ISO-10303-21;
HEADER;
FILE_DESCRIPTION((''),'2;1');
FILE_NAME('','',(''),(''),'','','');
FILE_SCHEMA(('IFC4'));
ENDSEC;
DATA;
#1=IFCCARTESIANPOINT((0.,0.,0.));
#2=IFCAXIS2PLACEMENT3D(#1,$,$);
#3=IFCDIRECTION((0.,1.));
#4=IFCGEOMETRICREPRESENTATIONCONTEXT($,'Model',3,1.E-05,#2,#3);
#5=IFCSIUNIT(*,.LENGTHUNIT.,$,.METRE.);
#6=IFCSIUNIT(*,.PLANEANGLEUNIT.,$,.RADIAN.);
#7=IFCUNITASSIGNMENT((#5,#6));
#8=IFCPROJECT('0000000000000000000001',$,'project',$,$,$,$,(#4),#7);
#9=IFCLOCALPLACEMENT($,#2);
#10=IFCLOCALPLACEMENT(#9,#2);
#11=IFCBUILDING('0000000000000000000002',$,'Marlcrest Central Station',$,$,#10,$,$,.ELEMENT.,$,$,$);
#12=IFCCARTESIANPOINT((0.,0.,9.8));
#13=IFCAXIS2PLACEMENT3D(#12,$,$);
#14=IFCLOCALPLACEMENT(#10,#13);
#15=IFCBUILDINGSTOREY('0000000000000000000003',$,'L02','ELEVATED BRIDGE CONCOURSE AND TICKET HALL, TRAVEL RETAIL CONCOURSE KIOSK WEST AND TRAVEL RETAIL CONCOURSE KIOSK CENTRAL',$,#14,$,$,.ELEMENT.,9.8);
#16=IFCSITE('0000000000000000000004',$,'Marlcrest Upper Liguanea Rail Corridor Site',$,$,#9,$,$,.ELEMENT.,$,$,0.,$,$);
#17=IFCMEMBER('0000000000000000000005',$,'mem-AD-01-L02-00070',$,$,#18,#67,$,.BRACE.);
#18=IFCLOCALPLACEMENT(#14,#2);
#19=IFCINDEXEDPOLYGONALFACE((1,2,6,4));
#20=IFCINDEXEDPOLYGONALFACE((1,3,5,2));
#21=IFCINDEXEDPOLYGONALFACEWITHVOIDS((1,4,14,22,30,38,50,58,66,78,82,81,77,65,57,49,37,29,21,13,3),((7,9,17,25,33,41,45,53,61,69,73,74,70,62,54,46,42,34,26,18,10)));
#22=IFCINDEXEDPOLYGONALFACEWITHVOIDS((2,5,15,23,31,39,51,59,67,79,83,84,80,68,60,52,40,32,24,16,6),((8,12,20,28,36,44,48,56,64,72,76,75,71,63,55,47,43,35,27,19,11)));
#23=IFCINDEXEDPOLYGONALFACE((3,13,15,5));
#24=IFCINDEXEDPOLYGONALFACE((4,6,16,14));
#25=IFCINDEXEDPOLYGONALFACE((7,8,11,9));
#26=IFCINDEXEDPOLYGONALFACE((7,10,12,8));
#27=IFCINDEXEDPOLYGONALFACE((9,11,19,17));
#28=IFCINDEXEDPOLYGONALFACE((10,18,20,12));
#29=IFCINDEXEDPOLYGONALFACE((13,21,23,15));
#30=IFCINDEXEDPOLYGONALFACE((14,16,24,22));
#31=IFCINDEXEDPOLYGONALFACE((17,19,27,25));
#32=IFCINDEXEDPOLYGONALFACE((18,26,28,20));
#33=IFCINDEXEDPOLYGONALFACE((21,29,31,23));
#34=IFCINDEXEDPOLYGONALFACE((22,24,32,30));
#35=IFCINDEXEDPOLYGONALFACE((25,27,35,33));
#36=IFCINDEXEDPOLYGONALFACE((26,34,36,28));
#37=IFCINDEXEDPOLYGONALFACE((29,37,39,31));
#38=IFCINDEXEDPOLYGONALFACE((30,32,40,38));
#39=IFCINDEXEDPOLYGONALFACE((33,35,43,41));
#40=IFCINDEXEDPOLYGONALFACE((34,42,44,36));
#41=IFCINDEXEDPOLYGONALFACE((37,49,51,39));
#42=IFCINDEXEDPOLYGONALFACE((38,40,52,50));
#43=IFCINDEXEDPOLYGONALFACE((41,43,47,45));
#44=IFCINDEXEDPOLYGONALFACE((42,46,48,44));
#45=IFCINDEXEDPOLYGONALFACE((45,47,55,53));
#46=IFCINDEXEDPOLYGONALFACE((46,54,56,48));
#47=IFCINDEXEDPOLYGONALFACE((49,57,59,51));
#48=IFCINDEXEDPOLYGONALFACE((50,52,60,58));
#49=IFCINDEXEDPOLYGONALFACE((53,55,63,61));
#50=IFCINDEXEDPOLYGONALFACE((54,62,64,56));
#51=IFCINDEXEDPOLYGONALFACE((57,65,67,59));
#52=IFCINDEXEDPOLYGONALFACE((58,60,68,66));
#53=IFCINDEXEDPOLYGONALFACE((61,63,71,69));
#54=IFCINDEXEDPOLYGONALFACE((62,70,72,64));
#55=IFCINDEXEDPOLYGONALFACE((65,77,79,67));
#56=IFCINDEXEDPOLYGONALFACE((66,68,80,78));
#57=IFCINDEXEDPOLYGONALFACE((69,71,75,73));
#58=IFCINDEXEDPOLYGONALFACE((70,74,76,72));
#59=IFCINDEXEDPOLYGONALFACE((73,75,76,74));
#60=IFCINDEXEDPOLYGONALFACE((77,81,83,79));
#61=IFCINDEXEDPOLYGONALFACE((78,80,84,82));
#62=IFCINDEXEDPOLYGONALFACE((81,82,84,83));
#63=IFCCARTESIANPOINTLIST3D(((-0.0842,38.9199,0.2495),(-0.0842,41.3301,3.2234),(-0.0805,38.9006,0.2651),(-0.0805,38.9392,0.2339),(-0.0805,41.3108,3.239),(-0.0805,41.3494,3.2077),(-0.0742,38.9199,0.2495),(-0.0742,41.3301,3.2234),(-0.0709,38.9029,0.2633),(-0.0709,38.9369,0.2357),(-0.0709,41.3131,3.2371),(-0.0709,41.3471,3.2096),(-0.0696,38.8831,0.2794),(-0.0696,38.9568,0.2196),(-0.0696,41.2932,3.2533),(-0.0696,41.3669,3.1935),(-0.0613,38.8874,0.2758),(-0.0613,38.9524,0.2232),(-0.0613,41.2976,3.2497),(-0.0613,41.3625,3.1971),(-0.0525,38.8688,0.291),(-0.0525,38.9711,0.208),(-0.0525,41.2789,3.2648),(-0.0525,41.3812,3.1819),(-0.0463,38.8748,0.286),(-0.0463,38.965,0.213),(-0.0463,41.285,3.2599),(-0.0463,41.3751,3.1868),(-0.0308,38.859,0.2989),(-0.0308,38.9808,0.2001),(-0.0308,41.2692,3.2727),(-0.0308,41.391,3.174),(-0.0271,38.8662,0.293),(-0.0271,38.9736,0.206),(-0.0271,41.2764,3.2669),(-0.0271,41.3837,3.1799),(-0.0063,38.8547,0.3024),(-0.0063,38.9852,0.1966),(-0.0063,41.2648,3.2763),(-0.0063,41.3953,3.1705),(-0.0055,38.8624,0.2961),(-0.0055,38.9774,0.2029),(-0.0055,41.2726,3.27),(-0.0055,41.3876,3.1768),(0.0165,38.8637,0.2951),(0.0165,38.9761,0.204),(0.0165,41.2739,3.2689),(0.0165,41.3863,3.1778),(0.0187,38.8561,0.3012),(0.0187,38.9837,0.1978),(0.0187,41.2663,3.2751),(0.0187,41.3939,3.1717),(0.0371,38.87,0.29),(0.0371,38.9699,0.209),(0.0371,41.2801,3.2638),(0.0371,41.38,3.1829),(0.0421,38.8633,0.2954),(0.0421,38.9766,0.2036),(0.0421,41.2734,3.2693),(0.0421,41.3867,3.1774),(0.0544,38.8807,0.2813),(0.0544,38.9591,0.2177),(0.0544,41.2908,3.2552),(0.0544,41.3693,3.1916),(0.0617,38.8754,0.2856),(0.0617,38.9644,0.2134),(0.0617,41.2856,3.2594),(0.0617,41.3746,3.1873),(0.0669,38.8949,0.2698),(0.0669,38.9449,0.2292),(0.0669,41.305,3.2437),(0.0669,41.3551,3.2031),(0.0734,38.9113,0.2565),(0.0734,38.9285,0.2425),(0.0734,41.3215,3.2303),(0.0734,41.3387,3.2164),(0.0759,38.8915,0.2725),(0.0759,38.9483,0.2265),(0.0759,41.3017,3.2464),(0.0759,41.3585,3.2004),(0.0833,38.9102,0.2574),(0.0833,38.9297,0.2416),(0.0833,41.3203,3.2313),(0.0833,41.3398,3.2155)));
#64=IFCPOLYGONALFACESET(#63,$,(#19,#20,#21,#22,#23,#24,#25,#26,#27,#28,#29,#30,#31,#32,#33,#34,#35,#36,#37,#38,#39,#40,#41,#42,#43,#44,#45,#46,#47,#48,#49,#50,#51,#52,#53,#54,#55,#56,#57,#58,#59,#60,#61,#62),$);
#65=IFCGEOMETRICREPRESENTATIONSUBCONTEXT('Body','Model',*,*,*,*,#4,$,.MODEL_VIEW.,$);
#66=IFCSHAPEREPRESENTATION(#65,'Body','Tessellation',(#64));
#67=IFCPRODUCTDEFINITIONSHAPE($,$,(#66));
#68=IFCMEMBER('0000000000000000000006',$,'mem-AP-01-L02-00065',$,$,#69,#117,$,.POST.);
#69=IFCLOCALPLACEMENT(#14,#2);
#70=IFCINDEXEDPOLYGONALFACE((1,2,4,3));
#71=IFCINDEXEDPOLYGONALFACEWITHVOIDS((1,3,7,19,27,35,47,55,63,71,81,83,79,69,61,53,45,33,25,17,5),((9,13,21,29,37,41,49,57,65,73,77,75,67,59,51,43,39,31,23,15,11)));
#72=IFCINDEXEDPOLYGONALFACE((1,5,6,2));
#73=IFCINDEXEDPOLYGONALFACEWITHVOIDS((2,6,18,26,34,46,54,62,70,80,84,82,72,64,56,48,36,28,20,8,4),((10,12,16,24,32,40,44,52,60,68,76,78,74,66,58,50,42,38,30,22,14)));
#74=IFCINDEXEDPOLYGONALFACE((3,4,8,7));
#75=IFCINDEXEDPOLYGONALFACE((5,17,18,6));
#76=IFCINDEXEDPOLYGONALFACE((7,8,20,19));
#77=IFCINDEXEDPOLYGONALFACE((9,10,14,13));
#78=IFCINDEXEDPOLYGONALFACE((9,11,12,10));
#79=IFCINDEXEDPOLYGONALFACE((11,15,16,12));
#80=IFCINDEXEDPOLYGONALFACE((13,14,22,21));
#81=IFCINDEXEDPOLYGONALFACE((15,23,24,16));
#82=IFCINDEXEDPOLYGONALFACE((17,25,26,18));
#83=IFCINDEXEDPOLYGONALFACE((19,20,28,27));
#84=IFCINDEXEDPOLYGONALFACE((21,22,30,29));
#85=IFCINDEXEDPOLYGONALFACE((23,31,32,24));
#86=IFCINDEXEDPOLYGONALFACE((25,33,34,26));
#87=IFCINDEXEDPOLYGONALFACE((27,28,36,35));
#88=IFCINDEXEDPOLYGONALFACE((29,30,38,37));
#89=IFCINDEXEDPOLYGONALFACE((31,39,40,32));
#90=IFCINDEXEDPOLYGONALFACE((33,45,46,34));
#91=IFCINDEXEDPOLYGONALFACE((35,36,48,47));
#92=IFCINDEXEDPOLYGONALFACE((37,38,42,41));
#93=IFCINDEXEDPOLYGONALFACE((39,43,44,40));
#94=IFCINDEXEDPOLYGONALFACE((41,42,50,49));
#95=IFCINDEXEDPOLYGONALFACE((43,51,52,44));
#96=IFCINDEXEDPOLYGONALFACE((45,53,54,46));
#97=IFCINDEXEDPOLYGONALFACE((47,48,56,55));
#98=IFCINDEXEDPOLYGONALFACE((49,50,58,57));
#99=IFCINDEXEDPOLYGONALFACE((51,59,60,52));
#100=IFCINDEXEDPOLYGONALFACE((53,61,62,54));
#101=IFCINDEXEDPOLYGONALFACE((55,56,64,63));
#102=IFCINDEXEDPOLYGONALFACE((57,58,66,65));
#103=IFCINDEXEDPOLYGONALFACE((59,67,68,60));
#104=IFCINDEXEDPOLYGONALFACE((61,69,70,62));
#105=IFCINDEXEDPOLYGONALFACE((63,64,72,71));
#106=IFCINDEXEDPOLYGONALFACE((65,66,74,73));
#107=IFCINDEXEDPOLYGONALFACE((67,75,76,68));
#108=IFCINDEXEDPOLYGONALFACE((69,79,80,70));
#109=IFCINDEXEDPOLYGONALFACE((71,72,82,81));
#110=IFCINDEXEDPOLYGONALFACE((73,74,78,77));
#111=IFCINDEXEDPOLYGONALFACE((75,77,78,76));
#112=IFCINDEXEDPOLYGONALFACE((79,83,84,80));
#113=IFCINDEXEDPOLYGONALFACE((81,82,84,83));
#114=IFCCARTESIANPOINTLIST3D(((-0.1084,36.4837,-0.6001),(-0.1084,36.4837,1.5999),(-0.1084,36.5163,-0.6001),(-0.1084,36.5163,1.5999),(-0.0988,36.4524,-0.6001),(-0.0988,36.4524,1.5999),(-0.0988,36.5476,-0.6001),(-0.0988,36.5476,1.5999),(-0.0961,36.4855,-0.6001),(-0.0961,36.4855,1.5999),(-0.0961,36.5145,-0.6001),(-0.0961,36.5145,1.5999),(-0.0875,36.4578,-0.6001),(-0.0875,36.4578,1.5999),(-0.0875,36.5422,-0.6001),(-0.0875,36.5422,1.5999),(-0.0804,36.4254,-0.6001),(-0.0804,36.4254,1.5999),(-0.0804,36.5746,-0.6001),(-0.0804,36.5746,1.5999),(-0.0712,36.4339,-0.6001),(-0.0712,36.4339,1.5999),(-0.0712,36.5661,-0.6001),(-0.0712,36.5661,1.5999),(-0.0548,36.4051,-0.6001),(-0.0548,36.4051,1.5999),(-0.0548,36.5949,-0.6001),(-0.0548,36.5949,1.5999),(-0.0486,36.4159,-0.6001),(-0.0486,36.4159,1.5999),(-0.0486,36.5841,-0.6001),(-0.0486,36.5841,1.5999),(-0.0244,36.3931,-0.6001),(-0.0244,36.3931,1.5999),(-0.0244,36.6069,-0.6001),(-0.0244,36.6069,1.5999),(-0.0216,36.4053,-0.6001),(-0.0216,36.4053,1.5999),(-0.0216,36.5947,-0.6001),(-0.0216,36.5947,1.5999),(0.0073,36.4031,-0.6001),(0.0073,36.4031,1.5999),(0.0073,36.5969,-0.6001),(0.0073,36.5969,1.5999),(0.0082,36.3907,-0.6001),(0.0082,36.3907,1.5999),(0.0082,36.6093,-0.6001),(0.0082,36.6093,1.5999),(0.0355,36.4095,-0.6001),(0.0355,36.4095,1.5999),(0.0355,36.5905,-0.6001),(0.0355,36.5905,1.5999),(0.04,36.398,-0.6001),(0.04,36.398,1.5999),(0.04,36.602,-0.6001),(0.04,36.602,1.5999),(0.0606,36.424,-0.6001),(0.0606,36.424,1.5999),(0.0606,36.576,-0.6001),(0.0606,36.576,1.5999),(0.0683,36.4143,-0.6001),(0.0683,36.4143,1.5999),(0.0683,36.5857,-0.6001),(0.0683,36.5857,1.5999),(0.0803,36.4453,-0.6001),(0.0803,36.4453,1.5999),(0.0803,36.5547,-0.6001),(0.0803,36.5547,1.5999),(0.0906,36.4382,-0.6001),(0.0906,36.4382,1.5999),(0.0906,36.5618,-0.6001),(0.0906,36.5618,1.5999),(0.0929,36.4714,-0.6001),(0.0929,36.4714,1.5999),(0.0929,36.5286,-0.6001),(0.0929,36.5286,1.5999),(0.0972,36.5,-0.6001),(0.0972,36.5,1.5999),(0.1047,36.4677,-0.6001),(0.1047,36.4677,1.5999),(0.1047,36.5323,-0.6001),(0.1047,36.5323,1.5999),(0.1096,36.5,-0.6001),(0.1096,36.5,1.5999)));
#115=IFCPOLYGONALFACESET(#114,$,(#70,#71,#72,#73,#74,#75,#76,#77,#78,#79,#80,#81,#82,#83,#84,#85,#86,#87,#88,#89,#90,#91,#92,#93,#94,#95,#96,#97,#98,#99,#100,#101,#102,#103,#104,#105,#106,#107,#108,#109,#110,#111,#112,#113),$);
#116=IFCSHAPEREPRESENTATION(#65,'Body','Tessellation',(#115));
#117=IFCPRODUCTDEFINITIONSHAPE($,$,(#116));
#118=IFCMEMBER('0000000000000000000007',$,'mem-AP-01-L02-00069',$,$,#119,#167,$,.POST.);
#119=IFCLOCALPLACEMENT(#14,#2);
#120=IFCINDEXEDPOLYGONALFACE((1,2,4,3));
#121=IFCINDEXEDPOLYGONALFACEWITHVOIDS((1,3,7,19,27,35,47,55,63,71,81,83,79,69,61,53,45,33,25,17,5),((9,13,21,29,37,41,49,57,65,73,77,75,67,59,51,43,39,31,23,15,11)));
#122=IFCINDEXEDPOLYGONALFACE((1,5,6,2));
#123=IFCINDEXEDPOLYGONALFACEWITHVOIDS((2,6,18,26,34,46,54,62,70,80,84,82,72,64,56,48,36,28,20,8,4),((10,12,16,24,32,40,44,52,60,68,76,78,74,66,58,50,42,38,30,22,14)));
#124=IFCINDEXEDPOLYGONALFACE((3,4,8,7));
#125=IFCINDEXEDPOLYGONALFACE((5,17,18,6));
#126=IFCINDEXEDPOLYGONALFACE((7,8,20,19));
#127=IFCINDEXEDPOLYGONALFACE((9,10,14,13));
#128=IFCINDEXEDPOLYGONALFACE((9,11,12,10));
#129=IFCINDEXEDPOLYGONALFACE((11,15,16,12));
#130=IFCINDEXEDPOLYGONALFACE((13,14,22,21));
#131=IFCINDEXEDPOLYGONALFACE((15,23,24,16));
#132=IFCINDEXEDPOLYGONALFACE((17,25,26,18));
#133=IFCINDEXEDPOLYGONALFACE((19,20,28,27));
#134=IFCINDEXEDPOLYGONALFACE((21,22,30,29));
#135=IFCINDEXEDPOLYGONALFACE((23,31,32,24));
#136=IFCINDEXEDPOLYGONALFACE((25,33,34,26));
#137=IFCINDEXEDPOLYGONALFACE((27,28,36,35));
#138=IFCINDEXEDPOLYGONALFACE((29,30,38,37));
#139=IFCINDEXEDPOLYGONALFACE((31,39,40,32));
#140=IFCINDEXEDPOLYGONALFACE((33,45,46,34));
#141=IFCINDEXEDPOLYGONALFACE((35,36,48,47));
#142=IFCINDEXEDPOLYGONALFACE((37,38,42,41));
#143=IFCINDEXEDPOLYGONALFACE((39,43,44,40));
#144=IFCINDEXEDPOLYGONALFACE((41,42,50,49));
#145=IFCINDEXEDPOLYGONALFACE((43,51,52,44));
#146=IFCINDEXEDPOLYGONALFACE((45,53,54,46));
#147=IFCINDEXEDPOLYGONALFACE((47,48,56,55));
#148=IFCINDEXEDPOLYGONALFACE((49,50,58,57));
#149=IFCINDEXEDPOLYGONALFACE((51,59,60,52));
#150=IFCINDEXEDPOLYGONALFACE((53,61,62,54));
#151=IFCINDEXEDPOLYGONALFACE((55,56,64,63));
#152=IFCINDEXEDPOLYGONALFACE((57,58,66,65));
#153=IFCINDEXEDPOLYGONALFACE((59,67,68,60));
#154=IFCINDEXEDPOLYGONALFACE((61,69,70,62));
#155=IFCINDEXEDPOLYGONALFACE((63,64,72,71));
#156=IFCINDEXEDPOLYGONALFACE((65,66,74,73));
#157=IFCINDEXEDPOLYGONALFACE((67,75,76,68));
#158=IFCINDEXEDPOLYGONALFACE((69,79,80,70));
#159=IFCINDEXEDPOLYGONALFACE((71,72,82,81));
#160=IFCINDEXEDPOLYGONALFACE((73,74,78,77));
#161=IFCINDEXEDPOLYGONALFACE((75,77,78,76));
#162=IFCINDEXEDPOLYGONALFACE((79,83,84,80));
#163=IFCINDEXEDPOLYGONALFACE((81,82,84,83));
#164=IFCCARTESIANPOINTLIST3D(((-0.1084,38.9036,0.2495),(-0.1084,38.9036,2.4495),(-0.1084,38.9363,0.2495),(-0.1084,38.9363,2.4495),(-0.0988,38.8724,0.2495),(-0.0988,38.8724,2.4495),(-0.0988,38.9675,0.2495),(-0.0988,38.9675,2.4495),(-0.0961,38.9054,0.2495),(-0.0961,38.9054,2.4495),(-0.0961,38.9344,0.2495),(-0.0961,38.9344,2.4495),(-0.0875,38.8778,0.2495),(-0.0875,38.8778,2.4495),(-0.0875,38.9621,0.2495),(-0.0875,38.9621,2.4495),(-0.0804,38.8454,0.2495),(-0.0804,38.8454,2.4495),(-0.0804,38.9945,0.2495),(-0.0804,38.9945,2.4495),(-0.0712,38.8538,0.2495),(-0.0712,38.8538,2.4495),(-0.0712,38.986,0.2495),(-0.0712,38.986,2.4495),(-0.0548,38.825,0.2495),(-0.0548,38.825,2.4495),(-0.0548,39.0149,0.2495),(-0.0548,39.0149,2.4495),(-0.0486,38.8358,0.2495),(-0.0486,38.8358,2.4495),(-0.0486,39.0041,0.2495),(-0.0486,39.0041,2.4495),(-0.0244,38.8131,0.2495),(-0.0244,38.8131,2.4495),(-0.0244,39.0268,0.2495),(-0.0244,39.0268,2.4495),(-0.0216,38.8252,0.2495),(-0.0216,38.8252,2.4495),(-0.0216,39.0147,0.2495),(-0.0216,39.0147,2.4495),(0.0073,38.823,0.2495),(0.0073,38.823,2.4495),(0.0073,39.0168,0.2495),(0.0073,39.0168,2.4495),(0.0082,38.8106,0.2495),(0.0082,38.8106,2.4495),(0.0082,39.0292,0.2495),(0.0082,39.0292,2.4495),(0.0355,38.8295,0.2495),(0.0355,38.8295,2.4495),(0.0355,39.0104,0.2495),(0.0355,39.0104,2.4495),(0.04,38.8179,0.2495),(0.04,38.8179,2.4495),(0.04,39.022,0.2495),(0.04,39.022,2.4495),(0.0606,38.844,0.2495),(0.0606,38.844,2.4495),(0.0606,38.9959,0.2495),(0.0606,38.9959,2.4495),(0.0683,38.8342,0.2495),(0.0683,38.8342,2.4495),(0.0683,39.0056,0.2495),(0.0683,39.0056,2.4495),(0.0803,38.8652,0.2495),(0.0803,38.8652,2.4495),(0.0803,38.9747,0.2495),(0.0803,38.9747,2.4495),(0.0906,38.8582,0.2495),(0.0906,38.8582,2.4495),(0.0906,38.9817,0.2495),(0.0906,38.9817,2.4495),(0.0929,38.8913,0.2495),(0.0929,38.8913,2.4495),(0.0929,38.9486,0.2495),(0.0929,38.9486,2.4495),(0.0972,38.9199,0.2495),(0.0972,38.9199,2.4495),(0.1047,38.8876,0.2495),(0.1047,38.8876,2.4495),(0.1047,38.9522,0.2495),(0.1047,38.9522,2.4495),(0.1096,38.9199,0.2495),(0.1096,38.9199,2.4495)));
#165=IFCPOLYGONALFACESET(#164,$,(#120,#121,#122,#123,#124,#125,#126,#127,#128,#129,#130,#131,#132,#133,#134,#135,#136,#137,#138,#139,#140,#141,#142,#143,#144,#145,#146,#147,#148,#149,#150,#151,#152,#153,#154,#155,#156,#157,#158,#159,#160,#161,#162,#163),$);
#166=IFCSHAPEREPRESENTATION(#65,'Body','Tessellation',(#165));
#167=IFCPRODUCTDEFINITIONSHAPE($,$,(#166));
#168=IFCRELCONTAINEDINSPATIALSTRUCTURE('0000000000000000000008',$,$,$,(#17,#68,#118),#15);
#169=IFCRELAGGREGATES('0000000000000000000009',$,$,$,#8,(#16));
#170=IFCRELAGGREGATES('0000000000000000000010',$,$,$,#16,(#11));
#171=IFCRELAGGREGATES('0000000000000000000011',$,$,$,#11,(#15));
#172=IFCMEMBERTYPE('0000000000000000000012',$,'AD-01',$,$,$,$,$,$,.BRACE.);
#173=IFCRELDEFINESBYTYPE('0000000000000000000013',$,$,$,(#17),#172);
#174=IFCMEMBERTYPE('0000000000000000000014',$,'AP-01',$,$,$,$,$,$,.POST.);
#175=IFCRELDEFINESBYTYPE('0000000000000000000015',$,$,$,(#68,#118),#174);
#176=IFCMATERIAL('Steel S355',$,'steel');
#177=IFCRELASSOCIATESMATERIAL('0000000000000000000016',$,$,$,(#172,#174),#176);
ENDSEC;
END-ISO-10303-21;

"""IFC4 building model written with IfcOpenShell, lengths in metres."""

from ifc_helpers import new_model, si_unit, direction, frame, origin, origin_2d, place, context, subcontext, project, spatial, hollow_circle, extrude, material, material_profile, profile_set, type_object, element, save


model = new_model("IFC4")

# Units and contexts
model_context = context("Model", 3, precision=1e-05, world=origin(), true_north=direction((0.0, 1.0)))
body_context = subcontext(model_context, "Body", "Model", "MODEL_VIEW")
ifc_project = project(units=[si_unit("LENGTHUNIT", "METRE"), si_unit("PLANEANGLEUNIT", "RADIAN")], contexts=[model_context])

# Site, building, storey
site_placement = place(None, origin())
site = spatial("IfcSite", under=ifc_project, at=site_placement, Name="Marlcrest Upper Liguanea Rail Corridor Site", CompositionType="ELEMENT", RefElevation=0.0)
building_placement = place(site_placement, origin())
building = spatial("IfcBuilding", under=site, at=building_placement, Name="Marlcrest Central Station", CompositionType="ELEMENT")
storey_placement = place(building_placement, frame((0.0, 0.0, 9.8)))
storey = spatial("IfcBuildingStorey", under=building, at=storey_placement, Name="L02", Description="ELEVATED BRIDGE CONCOURSE AND TICKET HALL, TRAVEL RETAIL CONCOURSE KIOSK WEST AND TRAVEL RETAIL CONCOURSE KIOSK CENTRAL", CompositionType="ELEMENT", Elevation=9.8)

# Members
ifc_material_1 = material(Name="Steel S355", Category="steel")
ifc_material_profile_1 = material_profile(ifc_material_1, hollow_circle(Radius=0.0842, WallThickness=0.01, at=origin_2d()), Name="CHS 168.3x10")
ifc_profile_set_1 = profile_set([ifc_material_profile_1], Name="Steel S355")
member_type_1 = type_object("IfcMemberType", Name="AD-01", PredefinedType="BRACE", material=ifc_profile_set_1)
member_1_placement = place(storey_placement, frame((0.0, 38.9199, 0.2495), z_axis=(0.0, 0.629629, 0.776896), x_axis=(-1.0, 0.0, 0.0)))
element("IfcMember", 1, at=member_1_placement, inside=storey, type_object=member_type_1, Name="mem-AD-01-L02-00070", PredefinedType="BRACE", context=body_context, shape_type="SweptSolid", body=[
    extrude(hollow_circle(Radius=0.0842, WallThickness=0.01, at=origin_2d()), origin(), (0.0, 0.0, 1.0), 3.8279),
])
ifc_material_profile_2 = material_profile(ifc_material_1, hollow_circle(Radius=0.1096, WallThickness=0.0125, at=origin_2d()), Name="CHS 219.1x12.5")
ifc_profile_set_2 = profile_set([ifc_material_profile_2], Name="Steel S355")
member_type_2 = type_object("IfcMemberType", Name="AP-01", PredefinedType="POST", material=ifc_profile_set_2)
for number, where, z_axis, x_axis, name in (
    (2, (0.0, 36.5, -0.6001), (0.0, 0.0, 1.0), (1.0, 0.0, 0.0), "mem-AP-01-L02-00065"),
    (3, (0.0, 38.9199, 0.2495), (0.0, 0.0, 1.0), (1.0, 0.0, 0.0), "mem-AP-01-L02-00069"),
):
    element("IfcMember", number, at=place(storey_placement, frame(where, z_axis=z_axis, x_axis=x_axis)), inside=storey, type_object=member_type_2, Name=name, PredefinedType="POST", context=body_context, shape_type="SweptSolid", body=[
        extrude(hollow_circle(Radius=0.1096, WallThickness=0.0125, at=origin_2d()), origin(), (0.0, 0.0, 1.0), 2.2),
    ])

save(model, "model.ifc")
